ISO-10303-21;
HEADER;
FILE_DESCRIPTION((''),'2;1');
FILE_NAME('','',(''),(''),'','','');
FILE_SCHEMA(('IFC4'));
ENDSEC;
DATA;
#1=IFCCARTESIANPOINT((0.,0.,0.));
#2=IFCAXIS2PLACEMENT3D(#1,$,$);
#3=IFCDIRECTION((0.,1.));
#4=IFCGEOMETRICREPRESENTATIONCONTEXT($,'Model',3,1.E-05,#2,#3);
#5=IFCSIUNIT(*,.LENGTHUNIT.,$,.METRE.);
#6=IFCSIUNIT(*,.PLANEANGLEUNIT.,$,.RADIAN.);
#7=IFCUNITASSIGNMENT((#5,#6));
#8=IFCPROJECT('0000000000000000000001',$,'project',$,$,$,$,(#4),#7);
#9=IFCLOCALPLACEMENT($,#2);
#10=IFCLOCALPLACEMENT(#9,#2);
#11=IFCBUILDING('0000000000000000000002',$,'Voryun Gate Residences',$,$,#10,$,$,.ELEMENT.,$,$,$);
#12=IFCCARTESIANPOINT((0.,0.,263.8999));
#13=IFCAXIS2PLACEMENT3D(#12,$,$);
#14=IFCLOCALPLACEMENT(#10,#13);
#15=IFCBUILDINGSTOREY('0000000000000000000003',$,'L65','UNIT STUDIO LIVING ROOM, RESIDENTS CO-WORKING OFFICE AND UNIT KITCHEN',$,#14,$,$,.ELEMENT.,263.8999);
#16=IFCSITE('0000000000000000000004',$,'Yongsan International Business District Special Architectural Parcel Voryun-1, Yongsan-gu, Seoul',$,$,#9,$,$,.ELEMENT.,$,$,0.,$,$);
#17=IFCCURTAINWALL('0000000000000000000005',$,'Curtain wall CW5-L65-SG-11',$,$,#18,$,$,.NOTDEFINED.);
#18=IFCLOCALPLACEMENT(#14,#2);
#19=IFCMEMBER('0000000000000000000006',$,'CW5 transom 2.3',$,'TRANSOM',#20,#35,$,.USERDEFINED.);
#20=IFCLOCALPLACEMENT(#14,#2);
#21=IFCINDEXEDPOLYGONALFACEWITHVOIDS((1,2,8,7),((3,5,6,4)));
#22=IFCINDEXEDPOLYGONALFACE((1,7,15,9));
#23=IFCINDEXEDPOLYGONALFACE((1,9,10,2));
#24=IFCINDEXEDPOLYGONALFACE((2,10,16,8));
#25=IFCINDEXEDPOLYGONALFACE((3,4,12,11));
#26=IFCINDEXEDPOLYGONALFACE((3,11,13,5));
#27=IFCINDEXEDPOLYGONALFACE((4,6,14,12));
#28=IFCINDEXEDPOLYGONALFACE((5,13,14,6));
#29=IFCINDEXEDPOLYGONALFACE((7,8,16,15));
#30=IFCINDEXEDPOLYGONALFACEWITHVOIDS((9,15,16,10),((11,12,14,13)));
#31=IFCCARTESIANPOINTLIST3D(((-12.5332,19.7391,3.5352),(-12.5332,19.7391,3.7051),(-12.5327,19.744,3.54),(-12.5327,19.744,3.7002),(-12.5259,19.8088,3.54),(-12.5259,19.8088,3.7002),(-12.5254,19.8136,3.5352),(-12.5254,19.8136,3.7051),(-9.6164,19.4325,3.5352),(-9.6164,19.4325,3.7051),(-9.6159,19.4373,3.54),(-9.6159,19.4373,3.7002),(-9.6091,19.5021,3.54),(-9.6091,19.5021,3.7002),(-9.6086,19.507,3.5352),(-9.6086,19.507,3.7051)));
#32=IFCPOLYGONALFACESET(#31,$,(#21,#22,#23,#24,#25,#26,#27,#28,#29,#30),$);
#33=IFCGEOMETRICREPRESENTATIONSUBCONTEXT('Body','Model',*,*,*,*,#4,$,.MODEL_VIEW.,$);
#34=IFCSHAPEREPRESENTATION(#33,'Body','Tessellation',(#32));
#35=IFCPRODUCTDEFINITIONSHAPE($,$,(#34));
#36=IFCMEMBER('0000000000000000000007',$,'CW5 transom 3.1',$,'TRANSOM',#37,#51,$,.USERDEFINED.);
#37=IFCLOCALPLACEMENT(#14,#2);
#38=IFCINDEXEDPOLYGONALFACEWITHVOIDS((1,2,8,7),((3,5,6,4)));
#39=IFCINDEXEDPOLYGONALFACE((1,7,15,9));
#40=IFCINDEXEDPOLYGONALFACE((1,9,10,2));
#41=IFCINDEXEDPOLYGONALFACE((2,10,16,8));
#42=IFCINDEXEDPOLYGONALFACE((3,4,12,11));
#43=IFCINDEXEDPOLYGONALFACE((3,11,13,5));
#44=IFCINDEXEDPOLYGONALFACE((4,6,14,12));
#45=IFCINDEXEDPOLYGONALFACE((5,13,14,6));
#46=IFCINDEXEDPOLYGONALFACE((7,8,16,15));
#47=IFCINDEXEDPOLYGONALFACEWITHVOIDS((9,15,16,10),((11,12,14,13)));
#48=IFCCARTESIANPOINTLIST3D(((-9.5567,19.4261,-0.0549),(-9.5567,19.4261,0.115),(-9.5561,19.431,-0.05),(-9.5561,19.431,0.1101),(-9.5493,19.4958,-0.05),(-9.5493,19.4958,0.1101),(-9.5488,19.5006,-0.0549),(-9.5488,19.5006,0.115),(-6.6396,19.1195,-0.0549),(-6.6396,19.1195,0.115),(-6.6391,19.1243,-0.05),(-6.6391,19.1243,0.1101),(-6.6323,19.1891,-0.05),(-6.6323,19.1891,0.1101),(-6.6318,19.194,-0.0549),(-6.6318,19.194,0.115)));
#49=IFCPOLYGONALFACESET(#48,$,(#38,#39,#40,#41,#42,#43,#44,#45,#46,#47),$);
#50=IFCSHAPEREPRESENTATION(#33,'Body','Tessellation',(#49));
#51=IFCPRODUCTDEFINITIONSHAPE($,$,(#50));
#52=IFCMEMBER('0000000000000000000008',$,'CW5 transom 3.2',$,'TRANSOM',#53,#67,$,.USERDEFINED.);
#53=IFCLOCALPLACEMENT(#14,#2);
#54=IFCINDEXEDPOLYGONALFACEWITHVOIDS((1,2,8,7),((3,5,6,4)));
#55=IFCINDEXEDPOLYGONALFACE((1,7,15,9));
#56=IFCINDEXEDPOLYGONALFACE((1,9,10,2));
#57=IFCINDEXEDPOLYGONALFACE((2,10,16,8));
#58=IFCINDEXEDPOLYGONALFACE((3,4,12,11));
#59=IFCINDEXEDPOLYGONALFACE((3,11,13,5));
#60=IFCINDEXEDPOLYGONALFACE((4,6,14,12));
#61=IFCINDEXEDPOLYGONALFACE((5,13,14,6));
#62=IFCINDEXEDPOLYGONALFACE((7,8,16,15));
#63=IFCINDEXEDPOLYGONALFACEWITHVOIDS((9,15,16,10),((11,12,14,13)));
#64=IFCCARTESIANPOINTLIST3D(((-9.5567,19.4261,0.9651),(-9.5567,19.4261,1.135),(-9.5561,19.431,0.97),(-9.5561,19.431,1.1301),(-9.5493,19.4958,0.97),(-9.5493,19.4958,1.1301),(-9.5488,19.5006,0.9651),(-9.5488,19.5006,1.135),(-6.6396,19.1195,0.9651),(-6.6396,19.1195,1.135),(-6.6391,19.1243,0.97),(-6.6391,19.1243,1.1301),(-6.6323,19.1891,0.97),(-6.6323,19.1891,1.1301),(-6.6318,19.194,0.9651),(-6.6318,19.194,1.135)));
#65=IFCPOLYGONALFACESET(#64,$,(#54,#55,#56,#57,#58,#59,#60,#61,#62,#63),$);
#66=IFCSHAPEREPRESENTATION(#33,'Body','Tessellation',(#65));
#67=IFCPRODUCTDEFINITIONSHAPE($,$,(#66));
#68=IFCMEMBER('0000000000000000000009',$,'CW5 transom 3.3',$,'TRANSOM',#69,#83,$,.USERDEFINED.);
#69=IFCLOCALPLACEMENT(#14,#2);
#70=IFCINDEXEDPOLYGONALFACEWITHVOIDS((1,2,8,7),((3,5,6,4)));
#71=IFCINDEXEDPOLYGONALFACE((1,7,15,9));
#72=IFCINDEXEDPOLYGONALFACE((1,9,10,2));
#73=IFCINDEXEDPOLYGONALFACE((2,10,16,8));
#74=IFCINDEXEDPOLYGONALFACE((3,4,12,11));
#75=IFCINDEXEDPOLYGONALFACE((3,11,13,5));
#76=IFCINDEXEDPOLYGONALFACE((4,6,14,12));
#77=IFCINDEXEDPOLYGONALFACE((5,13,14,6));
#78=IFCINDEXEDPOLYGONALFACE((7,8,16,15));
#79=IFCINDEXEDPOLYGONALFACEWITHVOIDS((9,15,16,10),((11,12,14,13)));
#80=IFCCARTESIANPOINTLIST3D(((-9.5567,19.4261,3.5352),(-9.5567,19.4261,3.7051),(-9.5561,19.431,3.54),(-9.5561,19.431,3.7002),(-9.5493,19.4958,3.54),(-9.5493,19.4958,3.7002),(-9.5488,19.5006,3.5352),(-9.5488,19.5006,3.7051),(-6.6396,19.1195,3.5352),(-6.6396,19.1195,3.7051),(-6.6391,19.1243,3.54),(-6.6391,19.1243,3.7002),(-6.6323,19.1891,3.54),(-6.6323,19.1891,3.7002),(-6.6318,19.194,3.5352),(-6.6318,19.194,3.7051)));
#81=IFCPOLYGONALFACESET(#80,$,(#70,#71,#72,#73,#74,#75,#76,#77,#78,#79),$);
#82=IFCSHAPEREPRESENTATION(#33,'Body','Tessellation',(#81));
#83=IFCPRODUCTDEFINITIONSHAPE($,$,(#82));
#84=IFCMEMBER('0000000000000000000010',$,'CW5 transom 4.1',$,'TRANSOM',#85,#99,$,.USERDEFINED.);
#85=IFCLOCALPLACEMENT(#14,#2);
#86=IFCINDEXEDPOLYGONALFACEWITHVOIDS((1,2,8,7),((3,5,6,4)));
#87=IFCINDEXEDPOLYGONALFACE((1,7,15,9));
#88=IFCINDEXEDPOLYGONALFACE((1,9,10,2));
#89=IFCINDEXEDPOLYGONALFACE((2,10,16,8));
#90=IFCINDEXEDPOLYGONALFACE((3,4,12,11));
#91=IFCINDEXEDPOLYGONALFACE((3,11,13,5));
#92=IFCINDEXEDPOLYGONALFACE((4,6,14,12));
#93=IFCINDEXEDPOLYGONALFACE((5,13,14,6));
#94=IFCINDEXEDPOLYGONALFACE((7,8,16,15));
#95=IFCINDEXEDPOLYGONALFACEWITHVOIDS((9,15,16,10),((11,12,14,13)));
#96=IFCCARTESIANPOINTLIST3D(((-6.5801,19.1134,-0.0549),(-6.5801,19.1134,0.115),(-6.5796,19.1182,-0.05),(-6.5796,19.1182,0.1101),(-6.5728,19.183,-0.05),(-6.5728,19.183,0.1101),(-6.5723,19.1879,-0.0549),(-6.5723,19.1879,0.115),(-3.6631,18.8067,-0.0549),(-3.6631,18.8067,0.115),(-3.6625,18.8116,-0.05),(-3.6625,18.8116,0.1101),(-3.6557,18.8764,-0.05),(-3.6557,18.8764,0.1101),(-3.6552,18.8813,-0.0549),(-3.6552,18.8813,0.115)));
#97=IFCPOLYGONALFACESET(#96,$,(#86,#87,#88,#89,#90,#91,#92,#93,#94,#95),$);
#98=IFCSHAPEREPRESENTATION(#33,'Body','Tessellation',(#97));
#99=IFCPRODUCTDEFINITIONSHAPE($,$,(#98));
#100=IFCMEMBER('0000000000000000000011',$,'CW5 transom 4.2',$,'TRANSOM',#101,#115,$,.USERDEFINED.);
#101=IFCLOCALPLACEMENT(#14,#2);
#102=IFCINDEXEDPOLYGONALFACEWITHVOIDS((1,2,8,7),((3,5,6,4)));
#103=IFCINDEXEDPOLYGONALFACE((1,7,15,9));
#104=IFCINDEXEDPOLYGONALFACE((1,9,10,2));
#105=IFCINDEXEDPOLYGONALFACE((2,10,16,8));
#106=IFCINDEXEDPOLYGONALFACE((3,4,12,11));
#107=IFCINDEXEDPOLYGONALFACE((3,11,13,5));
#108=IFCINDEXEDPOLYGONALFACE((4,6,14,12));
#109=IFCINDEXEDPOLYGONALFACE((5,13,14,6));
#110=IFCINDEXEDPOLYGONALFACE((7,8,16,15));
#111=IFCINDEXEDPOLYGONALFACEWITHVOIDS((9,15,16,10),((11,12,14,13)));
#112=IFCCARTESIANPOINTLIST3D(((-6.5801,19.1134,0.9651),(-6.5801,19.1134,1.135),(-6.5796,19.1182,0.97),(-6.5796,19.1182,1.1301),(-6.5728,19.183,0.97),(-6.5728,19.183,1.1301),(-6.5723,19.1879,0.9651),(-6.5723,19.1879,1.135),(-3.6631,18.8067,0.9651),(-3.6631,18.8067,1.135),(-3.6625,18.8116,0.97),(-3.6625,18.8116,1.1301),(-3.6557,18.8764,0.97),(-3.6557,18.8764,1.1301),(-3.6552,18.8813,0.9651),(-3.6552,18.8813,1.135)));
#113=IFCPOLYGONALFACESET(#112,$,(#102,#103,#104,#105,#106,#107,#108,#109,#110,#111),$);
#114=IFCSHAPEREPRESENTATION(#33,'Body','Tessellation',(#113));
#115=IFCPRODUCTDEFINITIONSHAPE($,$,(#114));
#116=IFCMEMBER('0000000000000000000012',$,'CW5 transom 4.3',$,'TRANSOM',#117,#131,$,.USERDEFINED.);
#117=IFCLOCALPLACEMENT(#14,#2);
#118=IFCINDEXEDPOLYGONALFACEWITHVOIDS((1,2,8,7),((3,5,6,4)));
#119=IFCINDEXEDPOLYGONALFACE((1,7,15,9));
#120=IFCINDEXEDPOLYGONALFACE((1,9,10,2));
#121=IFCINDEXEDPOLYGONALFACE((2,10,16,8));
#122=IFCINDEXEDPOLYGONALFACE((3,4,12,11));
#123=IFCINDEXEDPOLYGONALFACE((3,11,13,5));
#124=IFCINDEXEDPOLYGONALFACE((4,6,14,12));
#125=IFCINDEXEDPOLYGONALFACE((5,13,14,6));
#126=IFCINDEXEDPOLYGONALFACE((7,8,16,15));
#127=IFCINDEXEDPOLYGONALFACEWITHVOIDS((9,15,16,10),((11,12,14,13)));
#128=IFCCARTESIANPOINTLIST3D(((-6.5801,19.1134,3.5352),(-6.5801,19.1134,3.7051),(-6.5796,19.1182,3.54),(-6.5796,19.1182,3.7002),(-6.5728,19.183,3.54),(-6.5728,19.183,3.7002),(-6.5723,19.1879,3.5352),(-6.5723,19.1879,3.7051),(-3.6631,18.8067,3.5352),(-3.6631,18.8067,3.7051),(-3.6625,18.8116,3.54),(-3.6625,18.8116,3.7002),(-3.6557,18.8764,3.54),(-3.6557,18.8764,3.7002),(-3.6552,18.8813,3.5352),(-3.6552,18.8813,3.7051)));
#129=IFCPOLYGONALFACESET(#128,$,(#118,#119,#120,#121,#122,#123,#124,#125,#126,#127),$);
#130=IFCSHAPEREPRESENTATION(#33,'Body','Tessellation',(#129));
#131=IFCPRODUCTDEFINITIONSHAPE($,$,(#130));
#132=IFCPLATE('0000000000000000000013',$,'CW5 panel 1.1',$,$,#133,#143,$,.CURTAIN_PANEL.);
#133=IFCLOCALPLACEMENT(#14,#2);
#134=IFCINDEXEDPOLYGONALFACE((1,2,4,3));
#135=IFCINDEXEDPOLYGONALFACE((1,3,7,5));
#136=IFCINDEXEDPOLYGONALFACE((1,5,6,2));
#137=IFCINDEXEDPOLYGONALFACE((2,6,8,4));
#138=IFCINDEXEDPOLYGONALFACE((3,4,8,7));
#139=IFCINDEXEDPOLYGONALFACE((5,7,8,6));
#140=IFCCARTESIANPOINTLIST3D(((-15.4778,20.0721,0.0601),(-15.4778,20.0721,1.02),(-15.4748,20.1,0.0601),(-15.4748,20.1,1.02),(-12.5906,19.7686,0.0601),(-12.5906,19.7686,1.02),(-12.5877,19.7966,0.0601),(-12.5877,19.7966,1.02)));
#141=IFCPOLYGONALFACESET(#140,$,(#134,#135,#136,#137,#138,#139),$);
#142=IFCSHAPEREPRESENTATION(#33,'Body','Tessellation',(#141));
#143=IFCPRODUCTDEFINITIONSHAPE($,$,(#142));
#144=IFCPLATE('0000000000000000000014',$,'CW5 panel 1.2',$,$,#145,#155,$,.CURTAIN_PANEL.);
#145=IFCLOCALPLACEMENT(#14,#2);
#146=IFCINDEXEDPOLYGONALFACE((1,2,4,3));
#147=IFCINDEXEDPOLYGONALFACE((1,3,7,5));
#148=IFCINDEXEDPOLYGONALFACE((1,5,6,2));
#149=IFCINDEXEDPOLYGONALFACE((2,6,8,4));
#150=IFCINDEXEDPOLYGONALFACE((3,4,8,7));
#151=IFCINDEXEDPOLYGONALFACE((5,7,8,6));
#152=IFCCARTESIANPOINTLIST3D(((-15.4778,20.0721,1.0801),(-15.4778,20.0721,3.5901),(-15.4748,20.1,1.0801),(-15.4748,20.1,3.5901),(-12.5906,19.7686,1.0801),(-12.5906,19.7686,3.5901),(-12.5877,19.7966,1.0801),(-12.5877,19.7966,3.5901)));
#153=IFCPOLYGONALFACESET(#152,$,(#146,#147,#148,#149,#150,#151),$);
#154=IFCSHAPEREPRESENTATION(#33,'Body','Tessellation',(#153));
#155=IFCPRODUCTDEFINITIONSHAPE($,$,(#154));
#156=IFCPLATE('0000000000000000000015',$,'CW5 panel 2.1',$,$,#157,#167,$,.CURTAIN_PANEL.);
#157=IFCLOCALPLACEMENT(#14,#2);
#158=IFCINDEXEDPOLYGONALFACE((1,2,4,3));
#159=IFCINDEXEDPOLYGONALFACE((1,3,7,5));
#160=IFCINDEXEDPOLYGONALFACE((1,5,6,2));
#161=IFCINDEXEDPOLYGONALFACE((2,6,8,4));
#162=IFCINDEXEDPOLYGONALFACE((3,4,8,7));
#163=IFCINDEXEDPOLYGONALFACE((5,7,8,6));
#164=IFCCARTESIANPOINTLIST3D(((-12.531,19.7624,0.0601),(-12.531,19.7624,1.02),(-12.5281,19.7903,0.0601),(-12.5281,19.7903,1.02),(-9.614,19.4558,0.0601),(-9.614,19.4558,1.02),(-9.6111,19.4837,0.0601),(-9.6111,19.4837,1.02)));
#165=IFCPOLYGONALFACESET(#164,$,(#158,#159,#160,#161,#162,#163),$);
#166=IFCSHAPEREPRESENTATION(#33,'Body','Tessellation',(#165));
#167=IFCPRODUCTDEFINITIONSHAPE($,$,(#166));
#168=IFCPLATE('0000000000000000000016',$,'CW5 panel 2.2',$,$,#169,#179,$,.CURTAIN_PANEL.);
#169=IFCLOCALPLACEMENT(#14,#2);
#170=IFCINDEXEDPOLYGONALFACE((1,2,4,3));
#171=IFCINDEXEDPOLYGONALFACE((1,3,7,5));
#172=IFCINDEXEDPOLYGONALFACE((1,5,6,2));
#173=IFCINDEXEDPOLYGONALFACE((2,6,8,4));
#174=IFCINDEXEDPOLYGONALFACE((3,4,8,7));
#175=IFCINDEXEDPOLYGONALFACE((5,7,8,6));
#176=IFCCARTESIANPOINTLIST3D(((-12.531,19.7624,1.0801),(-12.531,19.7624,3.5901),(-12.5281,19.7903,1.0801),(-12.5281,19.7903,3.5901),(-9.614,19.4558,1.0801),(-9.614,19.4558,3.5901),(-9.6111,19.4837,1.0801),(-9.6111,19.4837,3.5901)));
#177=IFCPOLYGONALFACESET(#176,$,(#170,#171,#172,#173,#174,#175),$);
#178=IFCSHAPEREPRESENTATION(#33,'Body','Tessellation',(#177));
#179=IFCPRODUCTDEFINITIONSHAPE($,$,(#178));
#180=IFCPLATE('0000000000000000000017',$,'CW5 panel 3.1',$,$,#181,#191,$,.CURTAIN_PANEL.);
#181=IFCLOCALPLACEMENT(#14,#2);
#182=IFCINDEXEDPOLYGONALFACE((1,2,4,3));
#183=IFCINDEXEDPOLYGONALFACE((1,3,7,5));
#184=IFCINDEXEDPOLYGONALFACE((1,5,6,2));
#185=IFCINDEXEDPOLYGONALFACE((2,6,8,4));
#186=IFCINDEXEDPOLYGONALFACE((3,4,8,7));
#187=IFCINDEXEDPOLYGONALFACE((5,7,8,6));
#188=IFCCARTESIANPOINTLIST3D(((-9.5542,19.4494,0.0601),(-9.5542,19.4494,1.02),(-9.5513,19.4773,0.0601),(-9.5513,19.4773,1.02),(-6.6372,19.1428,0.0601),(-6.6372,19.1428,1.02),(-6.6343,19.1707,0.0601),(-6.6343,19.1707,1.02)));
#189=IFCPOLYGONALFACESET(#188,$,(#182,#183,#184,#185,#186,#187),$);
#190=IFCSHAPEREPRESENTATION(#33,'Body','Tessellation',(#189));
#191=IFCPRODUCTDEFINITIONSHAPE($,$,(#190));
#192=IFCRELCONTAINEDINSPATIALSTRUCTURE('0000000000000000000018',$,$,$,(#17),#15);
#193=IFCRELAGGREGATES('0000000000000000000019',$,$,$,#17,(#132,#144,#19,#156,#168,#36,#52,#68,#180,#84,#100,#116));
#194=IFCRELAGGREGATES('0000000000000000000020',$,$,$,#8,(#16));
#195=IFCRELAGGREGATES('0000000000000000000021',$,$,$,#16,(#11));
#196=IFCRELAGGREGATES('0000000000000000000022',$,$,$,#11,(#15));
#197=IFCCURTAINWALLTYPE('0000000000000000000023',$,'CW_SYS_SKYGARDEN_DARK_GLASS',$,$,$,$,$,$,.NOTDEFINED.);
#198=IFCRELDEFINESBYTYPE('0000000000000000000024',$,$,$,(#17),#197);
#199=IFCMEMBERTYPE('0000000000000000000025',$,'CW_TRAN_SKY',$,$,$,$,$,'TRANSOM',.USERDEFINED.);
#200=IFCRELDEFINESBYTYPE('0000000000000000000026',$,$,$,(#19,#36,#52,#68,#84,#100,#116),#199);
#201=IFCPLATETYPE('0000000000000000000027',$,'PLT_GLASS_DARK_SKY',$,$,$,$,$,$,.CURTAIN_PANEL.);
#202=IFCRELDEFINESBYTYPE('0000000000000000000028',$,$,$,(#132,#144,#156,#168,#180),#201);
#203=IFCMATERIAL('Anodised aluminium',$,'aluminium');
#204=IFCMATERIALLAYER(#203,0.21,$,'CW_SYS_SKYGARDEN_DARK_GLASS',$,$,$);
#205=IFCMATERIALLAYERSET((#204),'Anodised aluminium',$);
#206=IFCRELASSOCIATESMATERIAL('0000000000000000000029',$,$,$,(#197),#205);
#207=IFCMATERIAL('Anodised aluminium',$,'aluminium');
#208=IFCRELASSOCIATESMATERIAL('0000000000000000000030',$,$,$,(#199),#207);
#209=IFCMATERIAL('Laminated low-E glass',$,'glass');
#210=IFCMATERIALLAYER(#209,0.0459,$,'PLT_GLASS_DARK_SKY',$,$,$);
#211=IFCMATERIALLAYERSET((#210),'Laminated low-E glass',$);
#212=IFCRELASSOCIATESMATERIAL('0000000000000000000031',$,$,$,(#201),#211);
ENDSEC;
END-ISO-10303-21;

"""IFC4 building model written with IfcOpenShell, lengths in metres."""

from ifc_helpers import new_model, si_unit, direction, frame, origin, origin_2d, place, context, subcontext, project, spatial, rectangle, hollow_rectangle, extrude, material, layer, layer_set, material_profile, profile_set, type_object, element, aggregate, save


model = new_model("IFC4")

# Units and contexts
model_context = context("Model", 3, precision=1e-05, world=origin(), true_north=direction((0.0, 1.0)))
body_context = subcontext(model_context, "Body", "Model", "MODEL_VIEW")
ifc_project = project(units=[si_unit("LENGTHUNIT", "METRE"), si_unit("PLANEANGLEUNIT", "RADIAN")], contexts=[model_context])

# Site, building, storey
site_placement = place(None, origin())
site = spatial("IfcSite", under=ifc_project, at=site_placement, Name="Yongsan International Business District Special Architectural Parcel Voryun-1, Yongsan-gu, Seoul", CompositionType="ELEMENT", RefElevation=0.0)
building_placement = place(site_placement, origin())
building = spatial("IfcBuilding", under=site, at=building_placement, Name="Voryun Gate Residences", CompositionType="ELEMENT")
storey_placement = place(building_placement, frame((0.0, 0.0, 263.8999)))
storey = spatial("IfcBuildingStorey", under=building, at=storey_placement, Name="L65", Description="UNIT STUDIO LIVING ROOM, RESIDENTS CO-WORKING OFFICE AND UNIT KITCHEN", CompositionType="ELEMENT", Elevation=263.8999)

# Curtain wall, members, plates
ifc_material_1 = material(Name="Anodised aluminium", Category="aluminium")
ifc_layer_1 = layer(ifc_material_1, 0.21, Name="CW_SYS_SKYGARDEN_DARK_GLASS")
ifc_layer_set_1 = layer_set([ifc_layer_1], Name="Anodised aluminium")
curtain_wall_type = type_object("IfcCurtainWallType", Name="CW_SYS_SKYGARDEN_DARK_GLASS", PredefinedType="NOTDEFINED", material=ifc_layer_set_1)
curtain_wall_placement = place(storey_placement, origin())
curtain_wall = element("IfcCurtainWall", 1, at=curtain_wall_placement, inside=storey, type_object=curtain_wall_type, Name="Curtain wall CW5-L65-SG-11", PredefinedType="NOTDEFINED")
ifc_material_2 = material(Name="Anodised aluminium", Category="aluminium")
ifc_material_profile_1 = material_profile(ifc_material_2, hollow_rectangle(XDim=0.075, YDim=0.1699, WallThickness=0.0049, at=origin_2d()), Name="ALU-TRAN-170x75x5")
ifc_profile_set_1 = profile_set([ifc_material_profile_1], Name="Anodised aluminium")
member_type_1 = type_object("IfcMemberType", Name="CW_TRAN_SKY", ElementType="TRANSOM", PredefinedType="USERDEFINED", material=ifc_profile_set_1)
member_1_placement = place(storey_placement, frame((-12.5293, 19.7764, 3.6201), z_axis=(0.994519, -0.104555, 0.0), x_axis=(0.104555, 0.994519, 0.0)))
member_1 = element("IfcMember", 2, at=member_1_placement, type_object=member_type_1, Name="CW5 transom 2.3", ObjectType="TRANSOM", PredefinedType="USERDEFINED", context=body_context, shape_type="SweptSolid", body=[
    extrude(hollow_rectangle(XDim=0.075, YDim=0.1699, WallThickness=0.0049, at=origin_2d()), origin(), (0.0, 0.0, 1.0), 2.9329),
])
member_2_placement = place(storey_placement, frame((-9.5527, 19.4634, 0.03), z_axis=(0.99452, -0.104546, 0.0), x_axis=(0.104546, 0.99452, 0.0)))
member_2 = element("IfcMember", 3, at=member_2_placement, type_object=member_type_1, Name="CW5 transom 3.1", ObjectType="TRANSOM", PredefinedType="USERDEFINED", context=body_context, shape_type="SweptSolid", body=[
    extrude(hollow_rectangle(XDim=0.075, YDim=0.1699, WallThickness=0.0049, at=origin_2d()), origin(), (0.0, 0.0, 1.0), 2.9331),
])
member_3_placement = place(storey_placement, frame((-9.5527, 19.4634, 1.05), z_axis=(0.99452, -0.104546, 0.0), x_axis=(0.104546, 0.99452, 0.0)))
member_3 = element("IfcMember", 4, at=member_3_placement, type_object=member_type_1, Name="CW5 transom 3.2", ObjectType="TRANSOM", PredefinedType="USERDEFINED", context=body_context, shape_type="SweptSolid", body=[
    extrude(hollow_rectangle(XDim=0.075, YDim=0.1699, WallThickness=0.0049, at=origin_2d()), origin(), (0.0, 0.0, 1.0), 2.9331),
])
member_4_placement = place(storey_placement, frame((-9.5527, 19.4634, 3.6201), z_axis=(0.99452, -0.104546, 0.0), x_axis=(0.104546, 0.99452, 0.0)))
member_4 = element("IfcMember", 5, at=member_4_placement, type_object=member_type_1, Name="CW5 transom 3.3", ObjectType="TRANSOM", PredefinedType="USERDEFINED", context=body_context, shape_type="SweptSolid", body=[
    extrude(hollow_rectangle(XDim=0.075, YDim=0.1699, WallThickness=0.0049, at=origin_2d()), origin(), (0.0, 0.0, 1.0), 2.9331),
])
member_5_placement = place(storey_placement, frame((-6.5762, 19.1506, 0.03), z_axis=(0.99452, -0.104546, 0.0), x_axis=(0.104546, 0.99452, 0.0)))
member_5 = element("IfcMember", 6, at=member_5_placement, type_object=member_type_1, Name="CW5 transom 4.1", ObjectType="TRANSOM", PredefinedType="USERDEFINED", context=body_context, shape_type="SweptSolid", body=[
    extrude(hollow_rectangle(XDim=0.075, YDim=0.1699, WallThickness=0.0049, at=origin_2d()), origin(), (0.0, 0.0, 1.0), 2.9331),
])
member_6_placement = place(storey_placement, frame((-6.5762, 19.1506, 1.05), z_axis=(0.99452, -0.104546, 0.0), x_axis=(0.104546, 0.99452, 0.0)))
member_6 = element("IfcMember", 7, at=member_6_placement, type_object=member_type_1, Name="CW5 transom 4.2", ObjectType="TRANSOM", PredefinedType="USERDEFINED", context=body_context, shape_type="SweptSolid", body=[
    extrude(hollow_rectangle(XDim=0.075, YDim=0.1699, WallThickness=0.0049, at=origin_2d()), origin(), (0.0, 0.0, 1.0), 2.9331),
])
member_7_placement = place(storey_placement, frame((-6.5762, 19.1506, 3.6201), z_axis=(0.99452, -0.104546, 0.0), x_axis=(0.104546, 0.99452, 0.0)))
member_7 = element("IfcMember", 8, at=member_7_placement, type_object=member_type_1, Name="CW5 transom 4.3", ObjectType="TRANSOM", PredefinedType="USERDEFINED", context=body_context, shape_type="SweptSolid", body=[
    extrude(hollow_rectangle(XDim=0.075, YDim=0.1699, WallThickness=0.0049, at=origin_2d()), origin(), (0.0, 0.0, 1.0), 2.9331),
])
ifc_material_3 = material(Name="Laminated low-E glass", Category="glass")
ifc_layer_2 = layer(ifc_material_3, 0.0459, Name="PLT_GLASS_DARK_SKY")
ifc_layer_set_2 = layer_set([ifc_layer_2], Name="Laminated low-E glass")
plate_type = type_object("IfcPlateType", Name="PLT_GLASS_DARK_SKY", PredefinedType="CURTAIN_PANEL", material=ifc_layer_set_2)
plate_1_placement = place(storey_placement, frame((-14.0327, 19.9343, 0.0601), z_axis=(0.0, 0.0, 1.0), x_axis=(0.994521, -0.104532, 0.0)))
plate_1 = element("IfcPlate", 9, at=plate_1_placement, type_object=plate_type, Name="CW5 panel 1.1", PredefinedType="CURTAIN_PANEL", context=body_context, shape_type="SweptSolid", body=[
    extrude(rectangle(XDim=2.9031, YDim=0.0281, at=origin_2d()), origin(), (0.0, 0.0, 1.0), 0.96),
])
plate_2_placement = place(storey_placement, frame((-14.0327, 19.9343, 1.0801), z_axis=(0.0, 0.0, 1.0), x_axis=(0.994521, -0.104532, 0.0)))
plate_2 = element("IfcPlate", 10, at=plate_2_placement, type_object=plate_type, Name="CW5 panel 1.2", PredefinedType="CURTAIN_PANEL", context=body_context, shape_type="SweptSolid", body=[
    extrude(rectangle(XDim=2.9031, YDim=0.0281, at=origin_2d()), origin(), (0.0, 0.0, 1.0), 2.51),
])
plate_3_placement = place(storey_placement, frame((-11.071, 19.623, 0.0601), z_axis=(0.0, 0.0, 1.0), x_axis=(0.994521, -0.104532, 0.0)))
plate_3 = element("IfcPlate", 11, at=plate_3_placement, type_object=plate_type, Name="CW5 panel 2.1", PredefinedType="CURTAIN_PANEL", context=body_context, shape_type="SweptSolid", body=[
    extrude(rectangle(XDim=2.9331, YDim=0.0281, at=origin_2d()), origin(), (0.0, 0.0, 1.0), 0.96),
])
plate_4_placement = place(storey_placement, frame((-11.071, 19.623, 1.0801), z_axis=(0.0, 0.0, 1.0), x_axis=(0.994521, -0.104532, 0.0)))
plate_4 = element("IfcPlate", 12, at=plate_4_placement, type_object=plate_type, Name="CW5 panel 2.2", PredefinedType="CURTAIN_PANEL", context=body_context, shape_type="SweptSolid", body=[
    extrude(rectangle(XDim=2.9331, YDim=0.0281, at=origin_2d()), origin(), (0.0, 0.0, 1.0), 2.51),
])
plate_5_placement = place(storey_placement, frame((-8.0942, 19.3101, 0.0601), z_axis=(0.0, 0.0, 1.0), x_axis=(0.994521, -0.104532, 0.0)))
plate_5 = element("IfcPlate", 13, at=plate_5_placement, type_object=plate_type, Name="CW5 panel 3.1", PredefinedType="CURTAIN_PANEL", context=body_context, shape_type="SweptSolid", body=[
    extrude(rectangle(XDim=2.9331, YDim=0.0281, at=origin_2d()), origin(), (0.0, 0.0, 1.0), 0.96),
])
aggregate(curtain_wall, [plate_1, plate_2, member_1, plate_3, plate_4, member_2, member_3, member_4, plate_5, member_5, member_6, member_7])

save(model, "model.ifc")
